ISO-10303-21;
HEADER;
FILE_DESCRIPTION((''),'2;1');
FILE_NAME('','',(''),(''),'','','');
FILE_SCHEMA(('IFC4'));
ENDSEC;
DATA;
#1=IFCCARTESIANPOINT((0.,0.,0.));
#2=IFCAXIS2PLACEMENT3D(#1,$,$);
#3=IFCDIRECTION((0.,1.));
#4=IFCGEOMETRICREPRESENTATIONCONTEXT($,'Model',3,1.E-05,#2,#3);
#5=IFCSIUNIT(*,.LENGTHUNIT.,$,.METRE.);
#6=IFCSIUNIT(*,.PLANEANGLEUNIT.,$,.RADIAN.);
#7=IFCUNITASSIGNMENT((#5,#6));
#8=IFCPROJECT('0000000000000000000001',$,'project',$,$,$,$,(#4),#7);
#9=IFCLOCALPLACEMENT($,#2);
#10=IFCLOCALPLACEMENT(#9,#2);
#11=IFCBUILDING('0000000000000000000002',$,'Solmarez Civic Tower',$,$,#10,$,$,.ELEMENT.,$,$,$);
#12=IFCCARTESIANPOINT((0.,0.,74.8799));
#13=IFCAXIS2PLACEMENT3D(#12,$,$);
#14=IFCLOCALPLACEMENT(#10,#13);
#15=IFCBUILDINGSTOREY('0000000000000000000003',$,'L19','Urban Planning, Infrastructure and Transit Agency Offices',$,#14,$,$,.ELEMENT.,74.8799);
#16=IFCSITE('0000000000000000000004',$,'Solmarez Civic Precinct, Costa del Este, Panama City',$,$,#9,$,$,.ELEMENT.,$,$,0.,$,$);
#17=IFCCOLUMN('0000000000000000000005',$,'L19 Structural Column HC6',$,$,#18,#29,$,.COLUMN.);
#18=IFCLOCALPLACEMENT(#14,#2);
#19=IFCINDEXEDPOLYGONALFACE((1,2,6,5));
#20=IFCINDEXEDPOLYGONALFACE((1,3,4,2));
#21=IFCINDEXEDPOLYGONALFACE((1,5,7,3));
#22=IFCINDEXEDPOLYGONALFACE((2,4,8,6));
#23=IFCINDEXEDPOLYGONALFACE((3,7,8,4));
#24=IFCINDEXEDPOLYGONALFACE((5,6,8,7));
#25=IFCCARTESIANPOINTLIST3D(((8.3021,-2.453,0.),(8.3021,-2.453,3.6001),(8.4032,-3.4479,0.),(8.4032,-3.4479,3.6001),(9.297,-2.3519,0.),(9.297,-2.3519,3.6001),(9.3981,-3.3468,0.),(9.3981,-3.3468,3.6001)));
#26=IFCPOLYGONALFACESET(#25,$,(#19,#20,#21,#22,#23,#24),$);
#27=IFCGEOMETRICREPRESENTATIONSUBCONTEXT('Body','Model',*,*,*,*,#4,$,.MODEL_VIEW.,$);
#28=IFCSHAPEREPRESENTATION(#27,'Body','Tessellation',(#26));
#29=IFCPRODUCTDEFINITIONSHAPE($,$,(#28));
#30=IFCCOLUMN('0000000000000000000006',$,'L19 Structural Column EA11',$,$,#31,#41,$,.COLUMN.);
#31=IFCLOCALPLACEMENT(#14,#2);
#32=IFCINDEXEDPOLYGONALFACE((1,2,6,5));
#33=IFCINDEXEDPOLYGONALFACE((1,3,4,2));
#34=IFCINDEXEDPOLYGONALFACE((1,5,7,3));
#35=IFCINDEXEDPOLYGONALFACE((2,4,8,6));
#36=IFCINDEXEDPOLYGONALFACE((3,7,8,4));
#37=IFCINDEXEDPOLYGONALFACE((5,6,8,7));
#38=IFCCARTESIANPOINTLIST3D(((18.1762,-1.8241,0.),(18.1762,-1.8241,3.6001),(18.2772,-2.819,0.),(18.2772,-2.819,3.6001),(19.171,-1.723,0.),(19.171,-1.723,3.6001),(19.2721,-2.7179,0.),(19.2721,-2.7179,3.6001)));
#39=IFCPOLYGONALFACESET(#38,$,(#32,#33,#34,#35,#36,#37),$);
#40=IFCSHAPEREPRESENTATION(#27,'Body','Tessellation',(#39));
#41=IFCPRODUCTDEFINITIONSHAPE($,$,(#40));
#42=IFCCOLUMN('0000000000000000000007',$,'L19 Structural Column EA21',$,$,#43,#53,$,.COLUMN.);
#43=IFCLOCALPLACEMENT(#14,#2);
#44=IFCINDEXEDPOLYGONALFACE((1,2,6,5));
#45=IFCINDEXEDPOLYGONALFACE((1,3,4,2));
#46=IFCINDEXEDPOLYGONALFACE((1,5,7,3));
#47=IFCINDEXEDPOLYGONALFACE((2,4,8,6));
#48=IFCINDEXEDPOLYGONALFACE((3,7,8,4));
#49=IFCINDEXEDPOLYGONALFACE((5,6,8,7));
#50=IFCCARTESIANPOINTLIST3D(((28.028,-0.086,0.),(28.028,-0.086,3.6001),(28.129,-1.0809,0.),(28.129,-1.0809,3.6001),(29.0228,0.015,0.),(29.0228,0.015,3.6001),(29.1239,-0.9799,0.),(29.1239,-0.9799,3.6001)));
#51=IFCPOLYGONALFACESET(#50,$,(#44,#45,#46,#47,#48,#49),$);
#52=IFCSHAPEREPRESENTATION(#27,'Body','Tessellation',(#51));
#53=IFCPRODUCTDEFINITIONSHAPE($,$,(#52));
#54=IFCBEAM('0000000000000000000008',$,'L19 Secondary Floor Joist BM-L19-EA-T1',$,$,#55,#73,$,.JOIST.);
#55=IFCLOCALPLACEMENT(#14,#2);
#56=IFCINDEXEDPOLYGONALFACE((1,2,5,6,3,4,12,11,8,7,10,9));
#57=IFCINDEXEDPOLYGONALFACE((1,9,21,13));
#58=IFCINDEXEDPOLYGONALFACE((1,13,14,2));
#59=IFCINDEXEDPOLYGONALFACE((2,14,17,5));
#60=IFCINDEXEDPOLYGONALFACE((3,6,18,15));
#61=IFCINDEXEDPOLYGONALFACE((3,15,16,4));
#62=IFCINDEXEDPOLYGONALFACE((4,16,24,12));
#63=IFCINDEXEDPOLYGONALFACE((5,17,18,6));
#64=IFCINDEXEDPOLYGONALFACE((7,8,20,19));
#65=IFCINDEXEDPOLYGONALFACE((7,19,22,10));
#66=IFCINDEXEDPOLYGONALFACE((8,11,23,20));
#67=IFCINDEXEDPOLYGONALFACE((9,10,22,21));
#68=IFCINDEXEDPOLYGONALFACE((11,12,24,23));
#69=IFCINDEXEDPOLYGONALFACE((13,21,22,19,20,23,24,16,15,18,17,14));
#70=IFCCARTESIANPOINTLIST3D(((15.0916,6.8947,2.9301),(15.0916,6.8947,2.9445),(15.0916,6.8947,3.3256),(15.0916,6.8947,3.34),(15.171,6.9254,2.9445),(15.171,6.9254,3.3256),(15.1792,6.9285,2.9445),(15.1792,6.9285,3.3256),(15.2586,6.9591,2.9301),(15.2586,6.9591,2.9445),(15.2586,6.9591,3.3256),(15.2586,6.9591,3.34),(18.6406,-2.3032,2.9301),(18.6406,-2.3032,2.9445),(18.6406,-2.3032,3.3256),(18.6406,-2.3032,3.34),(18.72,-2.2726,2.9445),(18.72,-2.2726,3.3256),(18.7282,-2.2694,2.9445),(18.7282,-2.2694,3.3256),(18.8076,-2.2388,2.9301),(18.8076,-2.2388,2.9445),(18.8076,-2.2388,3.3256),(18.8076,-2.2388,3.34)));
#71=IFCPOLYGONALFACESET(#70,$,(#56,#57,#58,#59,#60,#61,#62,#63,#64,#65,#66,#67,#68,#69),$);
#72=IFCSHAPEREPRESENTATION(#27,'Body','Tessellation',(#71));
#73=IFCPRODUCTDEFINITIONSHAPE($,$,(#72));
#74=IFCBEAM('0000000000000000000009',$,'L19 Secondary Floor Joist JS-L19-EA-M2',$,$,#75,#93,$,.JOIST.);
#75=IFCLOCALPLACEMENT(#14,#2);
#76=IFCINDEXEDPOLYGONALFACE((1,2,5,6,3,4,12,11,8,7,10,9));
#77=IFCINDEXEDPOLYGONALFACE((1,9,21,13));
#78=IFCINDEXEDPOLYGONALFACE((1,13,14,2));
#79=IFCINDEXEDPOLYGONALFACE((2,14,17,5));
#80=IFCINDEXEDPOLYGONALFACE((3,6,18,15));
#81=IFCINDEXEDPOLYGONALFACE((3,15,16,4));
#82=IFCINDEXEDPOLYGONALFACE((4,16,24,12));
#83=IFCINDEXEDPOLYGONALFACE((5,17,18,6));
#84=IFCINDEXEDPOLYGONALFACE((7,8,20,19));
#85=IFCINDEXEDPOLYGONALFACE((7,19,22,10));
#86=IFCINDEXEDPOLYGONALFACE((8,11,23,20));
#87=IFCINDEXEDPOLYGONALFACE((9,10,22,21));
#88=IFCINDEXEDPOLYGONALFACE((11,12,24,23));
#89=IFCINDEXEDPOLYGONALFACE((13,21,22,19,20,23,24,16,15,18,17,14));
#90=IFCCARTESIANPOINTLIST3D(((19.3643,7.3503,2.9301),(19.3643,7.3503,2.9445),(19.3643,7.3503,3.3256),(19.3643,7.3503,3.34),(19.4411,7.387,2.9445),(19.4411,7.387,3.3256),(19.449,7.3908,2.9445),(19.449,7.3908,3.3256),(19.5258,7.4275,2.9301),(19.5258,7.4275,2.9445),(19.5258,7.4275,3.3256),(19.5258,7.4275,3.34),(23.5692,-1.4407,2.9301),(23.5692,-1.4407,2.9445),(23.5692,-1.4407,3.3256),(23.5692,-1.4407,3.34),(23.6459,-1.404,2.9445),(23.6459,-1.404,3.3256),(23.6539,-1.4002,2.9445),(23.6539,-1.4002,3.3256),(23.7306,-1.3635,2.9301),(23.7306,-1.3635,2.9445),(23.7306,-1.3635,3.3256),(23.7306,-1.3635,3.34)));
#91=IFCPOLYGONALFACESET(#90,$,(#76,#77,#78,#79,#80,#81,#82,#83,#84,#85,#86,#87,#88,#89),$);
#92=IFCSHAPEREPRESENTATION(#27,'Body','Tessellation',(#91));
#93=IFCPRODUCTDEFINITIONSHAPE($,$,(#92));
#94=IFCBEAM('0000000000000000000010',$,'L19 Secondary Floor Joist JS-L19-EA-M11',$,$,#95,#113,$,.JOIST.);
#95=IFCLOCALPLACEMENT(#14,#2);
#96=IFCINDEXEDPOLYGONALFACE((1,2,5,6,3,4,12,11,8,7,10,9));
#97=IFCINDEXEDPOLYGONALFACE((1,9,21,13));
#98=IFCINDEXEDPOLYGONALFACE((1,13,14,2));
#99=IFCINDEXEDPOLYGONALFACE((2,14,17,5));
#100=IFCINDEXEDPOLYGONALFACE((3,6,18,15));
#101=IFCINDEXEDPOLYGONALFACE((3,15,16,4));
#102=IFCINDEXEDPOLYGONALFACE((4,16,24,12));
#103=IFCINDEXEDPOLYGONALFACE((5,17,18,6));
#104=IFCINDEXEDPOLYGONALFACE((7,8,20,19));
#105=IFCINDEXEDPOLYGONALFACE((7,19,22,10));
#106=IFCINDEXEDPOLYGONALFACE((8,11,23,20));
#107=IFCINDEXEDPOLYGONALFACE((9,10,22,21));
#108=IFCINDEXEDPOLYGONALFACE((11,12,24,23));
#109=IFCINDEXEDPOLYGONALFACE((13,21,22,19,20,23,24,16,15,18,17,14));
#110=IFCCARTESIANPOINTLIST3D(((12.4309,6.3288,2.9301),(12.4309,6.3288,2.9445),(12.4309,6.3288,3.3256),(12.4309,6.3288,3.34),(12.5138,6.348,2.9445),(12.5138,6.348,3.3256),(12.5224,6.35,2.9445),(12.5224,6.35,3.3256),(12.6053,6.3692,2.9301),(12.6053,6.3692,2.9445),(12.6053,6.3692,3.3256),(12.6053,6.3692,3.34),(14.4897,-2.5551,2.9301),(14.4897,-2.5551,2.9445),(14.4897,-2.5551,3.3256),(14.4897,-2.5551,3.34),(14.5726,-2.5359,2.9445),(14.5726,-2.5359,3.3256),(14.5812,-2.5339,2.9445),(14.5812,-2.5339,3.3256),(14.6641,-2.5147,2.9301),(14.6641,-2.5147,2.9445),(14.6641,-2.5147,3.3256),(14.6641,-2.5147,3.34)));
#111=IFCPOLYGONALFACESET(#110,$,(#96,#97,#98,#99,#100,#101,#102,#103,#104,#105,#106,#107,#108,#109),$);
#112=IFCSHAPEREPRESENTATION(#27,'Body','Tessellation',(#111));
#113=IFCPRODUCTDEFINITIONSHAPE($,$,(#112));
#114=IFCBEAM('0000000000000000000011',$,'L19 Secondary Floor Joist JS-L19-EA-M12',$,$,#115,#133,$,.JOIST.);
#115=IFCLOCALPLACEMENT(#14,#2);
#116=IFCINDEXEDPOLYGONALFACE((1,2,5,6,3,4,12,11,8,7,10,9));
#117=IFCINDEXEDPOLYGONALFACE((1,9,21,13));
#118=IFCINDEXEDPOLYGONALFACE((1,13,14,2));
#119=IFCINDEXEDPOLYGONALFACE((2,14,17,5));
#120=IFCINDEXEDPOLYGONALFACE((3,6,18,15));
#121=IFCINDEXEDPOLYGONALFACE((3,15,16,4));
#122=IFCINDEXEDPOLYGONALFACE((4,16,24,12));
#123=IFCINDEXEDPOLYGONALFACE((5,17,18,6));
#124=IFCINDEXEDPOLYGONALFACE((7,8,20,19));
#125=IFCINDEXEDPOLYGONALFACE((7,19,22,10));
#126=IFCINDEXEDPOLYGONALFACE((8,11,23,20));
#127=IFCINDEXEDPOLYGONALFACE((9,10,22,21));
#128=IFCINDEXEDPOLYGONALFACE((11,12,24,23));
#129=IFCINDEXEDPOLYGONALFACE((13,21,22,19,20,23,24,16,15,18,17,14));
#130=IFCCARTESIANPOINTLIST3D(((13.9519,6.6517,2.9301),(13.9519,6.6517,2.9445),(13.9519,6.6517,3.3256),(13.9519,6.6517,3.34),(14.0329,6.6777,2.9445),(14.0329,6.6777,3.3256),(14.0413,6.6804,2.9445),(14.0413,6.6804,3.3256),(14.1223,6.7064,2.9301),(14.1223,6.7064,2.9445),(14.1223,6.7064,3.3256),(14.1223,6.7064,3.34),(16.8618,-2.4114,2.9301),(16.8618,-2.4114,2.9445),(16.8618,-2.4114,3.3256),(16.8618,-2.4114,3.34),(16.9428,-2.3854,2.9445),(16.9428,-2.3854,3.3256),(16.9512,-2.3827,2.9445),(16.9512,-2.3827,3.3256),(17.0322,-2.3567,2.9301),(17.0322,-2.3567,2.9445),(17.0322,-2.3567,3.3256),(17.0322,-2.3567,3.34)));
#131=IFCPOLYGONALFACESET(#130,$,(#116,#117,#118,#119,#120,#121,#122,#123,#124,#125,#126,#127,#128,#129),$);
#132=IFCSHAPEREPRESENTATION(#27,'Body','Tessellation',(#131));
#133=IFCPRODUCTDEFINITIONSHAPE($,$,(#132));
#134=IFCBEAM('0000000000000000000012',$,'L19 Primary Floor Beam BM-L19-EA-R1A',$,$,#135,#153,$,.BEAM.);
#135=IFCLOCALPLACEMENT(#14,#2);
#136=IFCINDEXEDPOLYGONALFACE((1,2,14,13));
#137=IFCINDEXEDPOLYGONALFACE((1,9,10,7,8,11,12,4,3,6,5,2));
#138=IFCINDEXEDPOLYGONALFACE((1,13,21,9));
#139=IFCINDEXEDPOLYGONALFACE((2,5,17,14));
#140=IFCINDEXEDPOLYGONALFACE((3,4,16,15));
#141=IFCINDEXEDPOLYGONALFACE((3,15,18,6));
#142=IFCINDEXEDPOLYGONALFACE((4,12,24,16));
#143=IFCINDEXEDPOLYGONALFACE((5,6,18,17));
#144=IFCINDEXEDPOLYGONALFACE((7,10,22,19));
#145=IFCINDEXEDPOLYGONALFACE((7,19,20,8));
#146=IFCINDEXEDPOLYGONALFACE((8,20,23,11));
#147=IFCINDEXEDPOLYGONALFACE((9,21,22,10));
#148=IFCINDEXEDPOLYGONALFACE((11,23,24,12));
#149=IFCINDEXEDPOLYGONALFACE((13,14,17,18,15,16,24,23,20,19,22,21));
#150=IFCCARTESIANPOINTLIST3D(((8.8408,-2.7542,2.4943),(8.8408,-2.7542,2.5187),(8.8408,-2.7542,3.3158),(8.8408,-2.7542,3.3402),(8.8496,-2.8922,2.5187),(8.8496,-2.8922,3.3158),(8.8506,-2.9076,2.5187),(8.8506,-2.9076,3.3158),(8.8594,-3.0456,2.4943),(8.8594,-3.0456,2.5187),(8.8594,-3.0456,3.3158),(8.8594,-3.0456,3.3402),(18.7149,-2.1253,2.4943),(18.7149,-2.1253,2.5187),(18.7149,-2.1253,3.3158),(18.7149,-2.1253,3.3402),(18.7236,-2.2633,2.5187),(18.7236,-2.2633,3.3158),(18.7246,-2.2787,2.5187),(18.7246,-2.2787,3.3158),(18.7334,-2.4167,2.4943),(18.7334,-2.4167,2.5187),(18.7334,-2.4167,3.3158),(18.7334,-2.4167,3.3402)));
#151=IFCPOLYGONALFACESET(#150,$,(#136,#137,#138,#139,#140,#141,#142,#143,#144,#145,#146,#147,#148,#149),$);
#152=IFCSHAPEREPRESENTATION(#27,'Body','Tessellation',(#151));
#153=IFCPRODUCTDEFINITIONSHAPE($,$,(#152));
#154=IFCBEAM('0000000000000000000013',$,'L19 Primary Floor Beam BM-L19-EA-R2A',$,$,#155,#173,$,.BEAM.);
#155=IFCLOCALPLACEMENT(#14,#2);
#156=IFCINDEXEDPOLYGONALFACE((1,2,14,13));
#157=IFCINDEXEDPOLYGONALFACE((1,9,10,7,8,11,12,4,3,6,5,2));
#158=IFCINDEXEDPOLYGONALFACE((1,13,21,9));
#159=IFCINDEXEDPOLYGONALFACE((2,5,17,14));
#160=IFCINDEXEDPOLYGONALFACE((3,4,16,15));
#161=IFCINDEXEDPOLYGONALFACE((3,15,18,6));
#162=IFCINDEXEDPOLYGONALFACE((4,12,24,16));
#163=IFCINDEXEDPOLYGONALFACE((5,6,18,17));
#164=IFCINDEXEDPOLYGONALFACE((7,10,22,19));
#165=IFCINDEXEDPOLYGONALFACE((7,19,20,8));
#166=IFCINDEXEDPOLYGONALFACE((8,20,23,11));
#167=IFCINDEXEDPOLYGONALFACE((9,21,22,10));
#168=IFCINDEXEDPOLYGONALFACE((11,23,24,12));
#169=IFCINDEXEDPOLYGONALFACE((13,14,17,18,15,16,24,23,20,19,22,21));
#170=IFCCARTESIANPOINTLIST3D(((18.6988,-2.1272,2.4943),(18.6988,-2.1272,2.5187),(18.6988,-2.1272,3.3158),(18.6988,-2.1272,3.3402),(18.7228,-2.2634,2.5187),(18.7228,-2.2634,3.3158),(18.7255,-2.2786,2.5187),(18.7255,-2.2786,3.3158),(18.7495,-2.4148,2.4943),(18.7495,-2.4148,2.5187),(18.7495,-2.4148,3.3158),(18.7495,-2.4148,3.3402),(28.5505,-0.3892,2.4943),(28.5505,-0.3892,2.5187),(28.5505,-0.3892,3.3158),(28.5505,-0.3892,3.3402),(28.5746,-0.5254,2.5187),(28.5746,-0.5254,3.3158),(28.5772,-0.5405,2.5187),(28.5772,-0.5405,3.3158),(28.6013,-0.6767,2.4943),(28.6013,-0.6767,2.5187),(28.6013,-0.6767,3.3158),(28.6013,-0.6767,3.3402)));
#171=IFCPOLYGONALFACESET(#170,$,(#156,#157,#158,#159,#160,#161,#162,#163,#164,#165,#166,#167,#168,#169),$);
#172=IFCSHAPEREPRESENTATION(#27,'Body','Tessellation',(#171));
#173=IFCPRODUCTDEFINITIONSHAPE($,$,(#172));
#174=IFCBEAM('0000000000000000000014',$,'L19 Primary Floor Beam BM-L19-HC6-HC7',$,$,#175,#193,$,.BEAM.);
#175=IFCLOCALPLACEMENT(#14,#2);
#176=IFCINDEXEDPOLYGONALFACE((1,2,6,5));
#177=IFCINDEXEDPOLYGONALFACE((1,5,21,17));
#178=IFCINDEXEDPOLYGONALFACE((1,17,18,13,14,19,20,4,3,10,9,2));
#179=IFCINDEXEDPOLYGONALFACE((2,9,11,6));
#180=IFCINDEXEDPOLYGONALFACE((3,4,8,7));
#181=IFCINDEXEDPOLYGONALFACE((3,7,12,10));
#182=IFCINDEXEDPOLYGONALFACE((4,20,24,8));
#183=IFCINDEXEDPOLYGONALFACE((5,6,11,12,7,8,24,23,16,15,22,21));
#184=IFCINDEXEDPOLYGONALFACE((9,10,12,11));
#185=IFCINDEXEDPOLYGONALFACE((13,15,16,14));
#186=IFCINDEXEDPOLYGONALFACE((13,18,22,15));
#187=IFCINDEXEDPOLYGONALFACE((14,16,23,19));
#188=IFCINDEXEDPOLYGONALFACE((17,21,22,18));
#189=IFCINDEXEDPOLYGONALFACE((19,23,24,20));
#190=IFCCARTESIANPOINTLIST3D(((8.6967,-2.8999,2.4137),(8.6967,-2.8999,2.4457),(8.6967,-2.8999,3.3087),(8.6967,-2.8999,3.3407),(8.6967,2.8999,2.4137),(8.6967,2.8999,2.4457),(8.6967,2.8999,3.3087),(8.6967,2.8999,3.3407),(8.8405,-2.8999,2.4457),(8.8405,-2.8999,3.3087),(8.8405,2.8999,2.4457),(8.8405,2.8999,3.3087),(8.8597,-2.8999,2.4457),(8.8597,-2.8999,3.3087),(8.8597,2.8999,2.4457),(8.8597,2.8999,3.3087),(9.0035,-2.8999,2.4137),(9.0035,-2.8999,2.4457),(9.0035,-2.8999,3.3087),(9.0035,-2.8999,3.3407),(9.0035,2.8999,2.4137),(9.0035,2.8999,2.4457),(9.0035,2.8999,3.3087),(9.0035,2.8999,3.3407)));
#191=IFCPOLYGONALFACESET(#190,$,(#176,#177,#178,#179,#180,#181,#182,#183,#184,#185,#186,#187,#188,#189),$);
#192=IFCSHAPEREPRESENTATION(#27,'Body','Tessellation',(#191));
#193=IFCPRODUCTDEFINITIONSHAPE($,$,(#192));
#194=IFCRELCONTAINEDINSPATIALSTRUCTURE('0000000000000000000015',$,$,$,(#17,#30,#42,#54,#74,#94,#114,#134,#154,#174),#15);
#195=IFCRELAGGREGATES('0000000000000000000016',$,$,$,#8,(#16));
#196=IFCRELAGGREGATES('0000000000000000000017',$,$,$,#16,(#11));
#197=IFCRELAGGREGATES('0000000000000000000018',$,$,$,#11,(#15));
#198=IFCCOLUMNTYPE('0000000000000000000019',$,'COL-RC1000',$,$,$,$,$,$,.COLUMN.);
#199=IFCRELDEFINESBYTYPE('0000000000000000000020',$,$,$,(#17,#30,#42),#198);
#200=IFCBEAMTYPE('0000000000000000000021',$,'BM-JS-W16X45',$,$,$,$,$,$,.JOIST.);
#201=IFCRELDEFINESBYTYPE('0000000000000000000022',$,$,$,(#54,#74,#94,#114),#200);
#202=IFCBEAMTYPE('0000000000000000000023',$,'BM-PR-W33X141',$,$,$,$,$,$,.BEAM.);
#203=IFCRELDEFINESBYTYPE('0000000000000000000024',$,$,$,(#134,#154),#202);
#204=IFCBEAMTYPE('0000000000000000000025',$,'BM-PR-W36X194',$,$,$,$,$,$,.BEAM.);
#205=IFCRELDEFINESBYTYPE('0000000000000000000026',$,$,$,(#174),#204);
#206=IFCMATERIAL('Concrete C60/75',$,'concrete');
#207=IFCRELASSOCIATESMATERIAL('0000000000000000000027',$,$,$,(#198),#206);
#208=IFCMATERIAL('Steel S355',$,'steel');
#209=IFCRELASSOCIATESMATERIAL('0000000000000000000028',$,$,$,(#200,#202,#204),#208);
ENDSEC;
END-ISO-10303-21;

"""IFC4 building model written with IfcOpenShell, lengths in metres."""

from ifc_helpers import new_model, si_unit, direction, frame, origin, origin_2d, place, context, subcontext, project, spatial, rectangle, i_section, extrude, material, material_profile, profile_set, type_object, element, save


model = new_model("IFC4")

# Units and contexts
model_context = context("Model", 3, precision=1e-05, world=origin(), true_north=direction((0.0, 1.0)))
body_context = subcontext(model_context, "Body", "Model", "MODEL_VIEW")
ifc_project = project(units=[si_unit("LENGTHUNIT", "METRE"), si_unit("PLANEANGLEUNIT", "RADIAN")], contexts=[model_context])

# Site, building, storey
site_placement = place(None, origin())
site = spatial("IfcSite", under=ifc_project, at=site_placement, Name="Solmarez Civic Precinct, Costa del Este, Panama City", CompositionType="ELEMENT", RefElevation=0.0)
building_placement = place(site_placement, origin())
building = spatial("IfcBuilding", under=site, at=building_placement, Name="Solmarez Civic Tower", CompositionType="ELEMENT")
storey_placement = place(building_placement, frame((0.0, 0.0, 74.8799)))
storey = spatial("IfcBuildingStorey", under=building, at=storey_placement, Name="L19", Description="Urban Planning, Infrastructure and Transit Agency Offices", CompositionType="ELEMENT", Elevation=74.8799)

# Columns
ifc_material_1 = material(Name="Concrete C60/75", Category="concrete")
ifc_material_profile_1 = material_profile(ifc_material_1, rectangle(XDim=1.0, YDim=1.0, at=origin_2d()), Name="RC1000X1000")
ifc_profile_set_1 = profile_set([ifc_material_profile_1], Name="Concrete C60/75")
column_type = type_object("IfcColumnType", Name="COL-RC1000", PredefinedType="COLUMN", material=ifc_profile_set_1)
for number, where, z_axis, x_axis, name in (
    (1, (8.8501, -2.8999, 0.0), (0.0, 0.0, 1.0), (0.994881, 0.101056, 0.0), "L19 Structural Column HC6"),
    (2, (18.7241, -2.271, 0.0), (0.0, 0.0, 1.0), (0.994881, 0.101056, 0.0), "L19 Structural Column EA11"),
    (3, (28.5759, -0.533, 0.0), (0.0, 0.0, 1.0), (0.994881, 0.101056, 0.0), "L19 Structural Column EA21"),
):
    element("IfcColumn", number, at=place(storey_placement, frame(where, z_axis=z_axis, x_axis=x_axis)), inside=storey, type_object=column_type, Name=name, PredefinedType="COLUMN", context=body_context, shape_type="SweptSolid", body=[
        extrude(rectangle(XDim=1.0, YDim=1.0, at=origin_2d()), origin(), (0.0, 0.0, 1.0), 3.6001),
    ])

# Beams
ifc_material_2 = material(Name="Steel S355", Category="steel")
ifc_material_profile_2 = material_profile(ifc_material_2, i_section(OverallWidth=0.179, OverallDepth=0.4099, WebThickness=0.0088, FlangeThickness=0.0144, at=origin_2d()), Name="W16X45")
ifc_profile_set_2 = profile_set([ifc_material_profile_2], Name="Steel S355")
beam_type_1 = type_object("IfcBeamType", Name="BM-JS-W16X45", PredefinedType="JOIST", material=ifc_profile_set_2)
beam_1_placement = place(storey_placement, frame((18.7241, -2.271, 3.135), z_axis=(-0.359984, 0.932958, 0.0), x_axis=(-0.932958, -0.359984, 0.0)))
element("IfcBeam", 4, at=beam_1_placement, inside=storey, type_object=beam_type_1, Name="L19 Secondary Floor Joist BM-L19-EA-T1", PredefinedType="JOIST", context=body_context, shape_type="SweptSolid", body=[
    extrude(i_section(OverallWidth=0.179, OverallDepth=0.4099, WebThickness=0.0088, FlangeThickness=0.0144, at=origin_2d()), origin(), (0.0, 0.0, 1.0), 9.8589),
])
beam_2_placement = place(storey_placement, frame((23.6499, -1.4021, 3.135), z_axis=(-0.431492, 0.902117, 0.0), x_axis=(-0.902117, -0.431492, 0.0)))
element("IfcBeam", 5, at=beam_2_placement, inside=storey, type_object=beam_type_1, Name="L19 Secondary Floor Joist JS-L19-EA-M2", PredefinedType="JOIST", context=body_context, shape_type="SweptSolid", body=[
    extrude(i_section(OverallWidth=0.179, OverallDepth=0.4099, WebThickness=0.0088, FlangeThickness=0.0144, at=origin_2d()), origin(), (0.0, 0.0, 1.0), 9.7449),
])
beam_3_placement = place(storey_placement, frame((14.5769, -2.5349, 3.135), z_axis=(-0.225763, 0.974182, 0.0), x_axis=(-0.974182, -0.225763, 0.0)))
element("IfcBeam", 6, at=beam_3_placement, inside=storey, type_object=beam_type_1, Name="L19 Secondary Floor Joist JS-L19-EA-M11", PredefinedType="JOIST", context=body_context, shape_type="SweptSolid", body=[
    extrude(i_section(OverallWidth=0.179, OverallDepth=0.4099, WebThickness=0.0088, FlangeThickness=0.0144, at=origin_2d()), origin(), (0.0, 0.0, 1.0), 9.1194),
])
beam_4_placement = place(storey_placement, frame((16.947, -2.384, 3.135), z_axis=(-0.305705, 0.952126, 0.0), x_axis=(-0.952126, -0.305705, 0.0)))
element("IfcBeam", 7, at=beam_4_placement, inside=storey, type_object=beam_type_1, Name="L19 Secondary Floor Joist JS-L19-EA-M12", PredefinedType="JOIST", context=body_context, shape_type="SweptSolid", body=[
    extrude(i_section(OverallWidth=0.179, OverallDepth=0.4099, WebThickness=0.0088, FlangeThickness=0.0144, at=origin_2d()), origin(), (0.0, 0.0, 1.0), 9.5188),
])
ifc_material_profile_3 = material_profile(ifc_material_2, i_section(OverallWidth=0.292, OverallDepth=0.8459, WebThickness=0.0154, FlangeThickness=0.0244, at=origin_2d()), Name="W33X141")
ifc_profile_set_3 = profile_set([ifc_material_profile_3], Name="Steel S355")
beam_type_2 = type_object("IfcBeamType", Name="BM-PR-W33X141", PredefinedType="BEAM", material=ifc_profile_set_3)
beam_5_placement = place(storey_placement, frame((8.8501, -2.8999, 2.9172), z_axis=(0.997978, 0.063564, 0.0), x_axis=(-0.063564, 0.997978, 0.0)))
element("IfcBeam", 8, at=beam_5_placement, inside=storey, type_object=beam_type_2, Name="L19 Primary Floor Beam BM-L19-EA-R1A", PredefinedType="BEAM", context=body_context, shape_type="SweptSolid", body=[
    extrude(i_section(OverallWidth=0.292, OverallDepth=0.8459, WebThickness=0.0154, FlangeThickness=0.0244, at=origin_2d()), origin(), (0.0, 0.0, 1.0), 9.894),
])
beam_6_placement = place(storey_placement, frame((18.7241, -2.271, 2.9172), z_axis=(0.984792, 0.173735, 0.0), x_axis=(-0.173735, 0.984792, 0.0)))
element("IfcBeam", 9, at=beam_6_placement, inside=storey, type_object=beam_type_2, Name="L19 Primary Floor Beam BM-L19-EA-R2A", PredefinedType="BEAM", context=body_context, shape_type="SweptSolid", body=[
    extrude(i_section(OverallWidth=0.292, OverallDepth=0.8459, WebThickness=0.0154, FlangeThickness=0.0244, at=origin_2d()), origin(), (0.0, 0.0, 1.0), 10.0039),
])
ifc_material_profile_4 = material_profile(ifc_material_2, i_section(OverallWidth=0.3069, OverallDepth=0.927, WebThickness=0.0193, FlangeThickness=0.032, at=origin_2d()), Name="W36X194")
ifc_profile_set_4 = profile_set([ifc_material_profile_4], Name="Steel S355")
beam_type_3 = type_object("IfcBeamType", Name="BM-PR-W36X194", PredefinedType="BEAM", material=ifc_profile_set_4)
beam_7_placement = place(storey_placement, frame((8.8501, -2.8999, 2.8772), z_axis=(0.0, 1.0, 0.0), x_axis=(-1.0, 0.0, 0.0)))
element("IfcBeam", 10, at=beam_7_placement, inside=storey, type_object=beam_type_3, Name="L19 Primary Floor Beam BM-L19-HC6-HC7", PredefinedType="BEAM", context=body_context, shape_type="SweptSolid", body=[
    extrude(i_section(OverallWidth=0.3069, OverallDepth=0.927, WebThickness=0.0193, FlangeThickness=0.032, at=origin_2d()), origin(), (0.0, 0.0, 1.0), 5.7998),
])

save(model, "model.ifc")
